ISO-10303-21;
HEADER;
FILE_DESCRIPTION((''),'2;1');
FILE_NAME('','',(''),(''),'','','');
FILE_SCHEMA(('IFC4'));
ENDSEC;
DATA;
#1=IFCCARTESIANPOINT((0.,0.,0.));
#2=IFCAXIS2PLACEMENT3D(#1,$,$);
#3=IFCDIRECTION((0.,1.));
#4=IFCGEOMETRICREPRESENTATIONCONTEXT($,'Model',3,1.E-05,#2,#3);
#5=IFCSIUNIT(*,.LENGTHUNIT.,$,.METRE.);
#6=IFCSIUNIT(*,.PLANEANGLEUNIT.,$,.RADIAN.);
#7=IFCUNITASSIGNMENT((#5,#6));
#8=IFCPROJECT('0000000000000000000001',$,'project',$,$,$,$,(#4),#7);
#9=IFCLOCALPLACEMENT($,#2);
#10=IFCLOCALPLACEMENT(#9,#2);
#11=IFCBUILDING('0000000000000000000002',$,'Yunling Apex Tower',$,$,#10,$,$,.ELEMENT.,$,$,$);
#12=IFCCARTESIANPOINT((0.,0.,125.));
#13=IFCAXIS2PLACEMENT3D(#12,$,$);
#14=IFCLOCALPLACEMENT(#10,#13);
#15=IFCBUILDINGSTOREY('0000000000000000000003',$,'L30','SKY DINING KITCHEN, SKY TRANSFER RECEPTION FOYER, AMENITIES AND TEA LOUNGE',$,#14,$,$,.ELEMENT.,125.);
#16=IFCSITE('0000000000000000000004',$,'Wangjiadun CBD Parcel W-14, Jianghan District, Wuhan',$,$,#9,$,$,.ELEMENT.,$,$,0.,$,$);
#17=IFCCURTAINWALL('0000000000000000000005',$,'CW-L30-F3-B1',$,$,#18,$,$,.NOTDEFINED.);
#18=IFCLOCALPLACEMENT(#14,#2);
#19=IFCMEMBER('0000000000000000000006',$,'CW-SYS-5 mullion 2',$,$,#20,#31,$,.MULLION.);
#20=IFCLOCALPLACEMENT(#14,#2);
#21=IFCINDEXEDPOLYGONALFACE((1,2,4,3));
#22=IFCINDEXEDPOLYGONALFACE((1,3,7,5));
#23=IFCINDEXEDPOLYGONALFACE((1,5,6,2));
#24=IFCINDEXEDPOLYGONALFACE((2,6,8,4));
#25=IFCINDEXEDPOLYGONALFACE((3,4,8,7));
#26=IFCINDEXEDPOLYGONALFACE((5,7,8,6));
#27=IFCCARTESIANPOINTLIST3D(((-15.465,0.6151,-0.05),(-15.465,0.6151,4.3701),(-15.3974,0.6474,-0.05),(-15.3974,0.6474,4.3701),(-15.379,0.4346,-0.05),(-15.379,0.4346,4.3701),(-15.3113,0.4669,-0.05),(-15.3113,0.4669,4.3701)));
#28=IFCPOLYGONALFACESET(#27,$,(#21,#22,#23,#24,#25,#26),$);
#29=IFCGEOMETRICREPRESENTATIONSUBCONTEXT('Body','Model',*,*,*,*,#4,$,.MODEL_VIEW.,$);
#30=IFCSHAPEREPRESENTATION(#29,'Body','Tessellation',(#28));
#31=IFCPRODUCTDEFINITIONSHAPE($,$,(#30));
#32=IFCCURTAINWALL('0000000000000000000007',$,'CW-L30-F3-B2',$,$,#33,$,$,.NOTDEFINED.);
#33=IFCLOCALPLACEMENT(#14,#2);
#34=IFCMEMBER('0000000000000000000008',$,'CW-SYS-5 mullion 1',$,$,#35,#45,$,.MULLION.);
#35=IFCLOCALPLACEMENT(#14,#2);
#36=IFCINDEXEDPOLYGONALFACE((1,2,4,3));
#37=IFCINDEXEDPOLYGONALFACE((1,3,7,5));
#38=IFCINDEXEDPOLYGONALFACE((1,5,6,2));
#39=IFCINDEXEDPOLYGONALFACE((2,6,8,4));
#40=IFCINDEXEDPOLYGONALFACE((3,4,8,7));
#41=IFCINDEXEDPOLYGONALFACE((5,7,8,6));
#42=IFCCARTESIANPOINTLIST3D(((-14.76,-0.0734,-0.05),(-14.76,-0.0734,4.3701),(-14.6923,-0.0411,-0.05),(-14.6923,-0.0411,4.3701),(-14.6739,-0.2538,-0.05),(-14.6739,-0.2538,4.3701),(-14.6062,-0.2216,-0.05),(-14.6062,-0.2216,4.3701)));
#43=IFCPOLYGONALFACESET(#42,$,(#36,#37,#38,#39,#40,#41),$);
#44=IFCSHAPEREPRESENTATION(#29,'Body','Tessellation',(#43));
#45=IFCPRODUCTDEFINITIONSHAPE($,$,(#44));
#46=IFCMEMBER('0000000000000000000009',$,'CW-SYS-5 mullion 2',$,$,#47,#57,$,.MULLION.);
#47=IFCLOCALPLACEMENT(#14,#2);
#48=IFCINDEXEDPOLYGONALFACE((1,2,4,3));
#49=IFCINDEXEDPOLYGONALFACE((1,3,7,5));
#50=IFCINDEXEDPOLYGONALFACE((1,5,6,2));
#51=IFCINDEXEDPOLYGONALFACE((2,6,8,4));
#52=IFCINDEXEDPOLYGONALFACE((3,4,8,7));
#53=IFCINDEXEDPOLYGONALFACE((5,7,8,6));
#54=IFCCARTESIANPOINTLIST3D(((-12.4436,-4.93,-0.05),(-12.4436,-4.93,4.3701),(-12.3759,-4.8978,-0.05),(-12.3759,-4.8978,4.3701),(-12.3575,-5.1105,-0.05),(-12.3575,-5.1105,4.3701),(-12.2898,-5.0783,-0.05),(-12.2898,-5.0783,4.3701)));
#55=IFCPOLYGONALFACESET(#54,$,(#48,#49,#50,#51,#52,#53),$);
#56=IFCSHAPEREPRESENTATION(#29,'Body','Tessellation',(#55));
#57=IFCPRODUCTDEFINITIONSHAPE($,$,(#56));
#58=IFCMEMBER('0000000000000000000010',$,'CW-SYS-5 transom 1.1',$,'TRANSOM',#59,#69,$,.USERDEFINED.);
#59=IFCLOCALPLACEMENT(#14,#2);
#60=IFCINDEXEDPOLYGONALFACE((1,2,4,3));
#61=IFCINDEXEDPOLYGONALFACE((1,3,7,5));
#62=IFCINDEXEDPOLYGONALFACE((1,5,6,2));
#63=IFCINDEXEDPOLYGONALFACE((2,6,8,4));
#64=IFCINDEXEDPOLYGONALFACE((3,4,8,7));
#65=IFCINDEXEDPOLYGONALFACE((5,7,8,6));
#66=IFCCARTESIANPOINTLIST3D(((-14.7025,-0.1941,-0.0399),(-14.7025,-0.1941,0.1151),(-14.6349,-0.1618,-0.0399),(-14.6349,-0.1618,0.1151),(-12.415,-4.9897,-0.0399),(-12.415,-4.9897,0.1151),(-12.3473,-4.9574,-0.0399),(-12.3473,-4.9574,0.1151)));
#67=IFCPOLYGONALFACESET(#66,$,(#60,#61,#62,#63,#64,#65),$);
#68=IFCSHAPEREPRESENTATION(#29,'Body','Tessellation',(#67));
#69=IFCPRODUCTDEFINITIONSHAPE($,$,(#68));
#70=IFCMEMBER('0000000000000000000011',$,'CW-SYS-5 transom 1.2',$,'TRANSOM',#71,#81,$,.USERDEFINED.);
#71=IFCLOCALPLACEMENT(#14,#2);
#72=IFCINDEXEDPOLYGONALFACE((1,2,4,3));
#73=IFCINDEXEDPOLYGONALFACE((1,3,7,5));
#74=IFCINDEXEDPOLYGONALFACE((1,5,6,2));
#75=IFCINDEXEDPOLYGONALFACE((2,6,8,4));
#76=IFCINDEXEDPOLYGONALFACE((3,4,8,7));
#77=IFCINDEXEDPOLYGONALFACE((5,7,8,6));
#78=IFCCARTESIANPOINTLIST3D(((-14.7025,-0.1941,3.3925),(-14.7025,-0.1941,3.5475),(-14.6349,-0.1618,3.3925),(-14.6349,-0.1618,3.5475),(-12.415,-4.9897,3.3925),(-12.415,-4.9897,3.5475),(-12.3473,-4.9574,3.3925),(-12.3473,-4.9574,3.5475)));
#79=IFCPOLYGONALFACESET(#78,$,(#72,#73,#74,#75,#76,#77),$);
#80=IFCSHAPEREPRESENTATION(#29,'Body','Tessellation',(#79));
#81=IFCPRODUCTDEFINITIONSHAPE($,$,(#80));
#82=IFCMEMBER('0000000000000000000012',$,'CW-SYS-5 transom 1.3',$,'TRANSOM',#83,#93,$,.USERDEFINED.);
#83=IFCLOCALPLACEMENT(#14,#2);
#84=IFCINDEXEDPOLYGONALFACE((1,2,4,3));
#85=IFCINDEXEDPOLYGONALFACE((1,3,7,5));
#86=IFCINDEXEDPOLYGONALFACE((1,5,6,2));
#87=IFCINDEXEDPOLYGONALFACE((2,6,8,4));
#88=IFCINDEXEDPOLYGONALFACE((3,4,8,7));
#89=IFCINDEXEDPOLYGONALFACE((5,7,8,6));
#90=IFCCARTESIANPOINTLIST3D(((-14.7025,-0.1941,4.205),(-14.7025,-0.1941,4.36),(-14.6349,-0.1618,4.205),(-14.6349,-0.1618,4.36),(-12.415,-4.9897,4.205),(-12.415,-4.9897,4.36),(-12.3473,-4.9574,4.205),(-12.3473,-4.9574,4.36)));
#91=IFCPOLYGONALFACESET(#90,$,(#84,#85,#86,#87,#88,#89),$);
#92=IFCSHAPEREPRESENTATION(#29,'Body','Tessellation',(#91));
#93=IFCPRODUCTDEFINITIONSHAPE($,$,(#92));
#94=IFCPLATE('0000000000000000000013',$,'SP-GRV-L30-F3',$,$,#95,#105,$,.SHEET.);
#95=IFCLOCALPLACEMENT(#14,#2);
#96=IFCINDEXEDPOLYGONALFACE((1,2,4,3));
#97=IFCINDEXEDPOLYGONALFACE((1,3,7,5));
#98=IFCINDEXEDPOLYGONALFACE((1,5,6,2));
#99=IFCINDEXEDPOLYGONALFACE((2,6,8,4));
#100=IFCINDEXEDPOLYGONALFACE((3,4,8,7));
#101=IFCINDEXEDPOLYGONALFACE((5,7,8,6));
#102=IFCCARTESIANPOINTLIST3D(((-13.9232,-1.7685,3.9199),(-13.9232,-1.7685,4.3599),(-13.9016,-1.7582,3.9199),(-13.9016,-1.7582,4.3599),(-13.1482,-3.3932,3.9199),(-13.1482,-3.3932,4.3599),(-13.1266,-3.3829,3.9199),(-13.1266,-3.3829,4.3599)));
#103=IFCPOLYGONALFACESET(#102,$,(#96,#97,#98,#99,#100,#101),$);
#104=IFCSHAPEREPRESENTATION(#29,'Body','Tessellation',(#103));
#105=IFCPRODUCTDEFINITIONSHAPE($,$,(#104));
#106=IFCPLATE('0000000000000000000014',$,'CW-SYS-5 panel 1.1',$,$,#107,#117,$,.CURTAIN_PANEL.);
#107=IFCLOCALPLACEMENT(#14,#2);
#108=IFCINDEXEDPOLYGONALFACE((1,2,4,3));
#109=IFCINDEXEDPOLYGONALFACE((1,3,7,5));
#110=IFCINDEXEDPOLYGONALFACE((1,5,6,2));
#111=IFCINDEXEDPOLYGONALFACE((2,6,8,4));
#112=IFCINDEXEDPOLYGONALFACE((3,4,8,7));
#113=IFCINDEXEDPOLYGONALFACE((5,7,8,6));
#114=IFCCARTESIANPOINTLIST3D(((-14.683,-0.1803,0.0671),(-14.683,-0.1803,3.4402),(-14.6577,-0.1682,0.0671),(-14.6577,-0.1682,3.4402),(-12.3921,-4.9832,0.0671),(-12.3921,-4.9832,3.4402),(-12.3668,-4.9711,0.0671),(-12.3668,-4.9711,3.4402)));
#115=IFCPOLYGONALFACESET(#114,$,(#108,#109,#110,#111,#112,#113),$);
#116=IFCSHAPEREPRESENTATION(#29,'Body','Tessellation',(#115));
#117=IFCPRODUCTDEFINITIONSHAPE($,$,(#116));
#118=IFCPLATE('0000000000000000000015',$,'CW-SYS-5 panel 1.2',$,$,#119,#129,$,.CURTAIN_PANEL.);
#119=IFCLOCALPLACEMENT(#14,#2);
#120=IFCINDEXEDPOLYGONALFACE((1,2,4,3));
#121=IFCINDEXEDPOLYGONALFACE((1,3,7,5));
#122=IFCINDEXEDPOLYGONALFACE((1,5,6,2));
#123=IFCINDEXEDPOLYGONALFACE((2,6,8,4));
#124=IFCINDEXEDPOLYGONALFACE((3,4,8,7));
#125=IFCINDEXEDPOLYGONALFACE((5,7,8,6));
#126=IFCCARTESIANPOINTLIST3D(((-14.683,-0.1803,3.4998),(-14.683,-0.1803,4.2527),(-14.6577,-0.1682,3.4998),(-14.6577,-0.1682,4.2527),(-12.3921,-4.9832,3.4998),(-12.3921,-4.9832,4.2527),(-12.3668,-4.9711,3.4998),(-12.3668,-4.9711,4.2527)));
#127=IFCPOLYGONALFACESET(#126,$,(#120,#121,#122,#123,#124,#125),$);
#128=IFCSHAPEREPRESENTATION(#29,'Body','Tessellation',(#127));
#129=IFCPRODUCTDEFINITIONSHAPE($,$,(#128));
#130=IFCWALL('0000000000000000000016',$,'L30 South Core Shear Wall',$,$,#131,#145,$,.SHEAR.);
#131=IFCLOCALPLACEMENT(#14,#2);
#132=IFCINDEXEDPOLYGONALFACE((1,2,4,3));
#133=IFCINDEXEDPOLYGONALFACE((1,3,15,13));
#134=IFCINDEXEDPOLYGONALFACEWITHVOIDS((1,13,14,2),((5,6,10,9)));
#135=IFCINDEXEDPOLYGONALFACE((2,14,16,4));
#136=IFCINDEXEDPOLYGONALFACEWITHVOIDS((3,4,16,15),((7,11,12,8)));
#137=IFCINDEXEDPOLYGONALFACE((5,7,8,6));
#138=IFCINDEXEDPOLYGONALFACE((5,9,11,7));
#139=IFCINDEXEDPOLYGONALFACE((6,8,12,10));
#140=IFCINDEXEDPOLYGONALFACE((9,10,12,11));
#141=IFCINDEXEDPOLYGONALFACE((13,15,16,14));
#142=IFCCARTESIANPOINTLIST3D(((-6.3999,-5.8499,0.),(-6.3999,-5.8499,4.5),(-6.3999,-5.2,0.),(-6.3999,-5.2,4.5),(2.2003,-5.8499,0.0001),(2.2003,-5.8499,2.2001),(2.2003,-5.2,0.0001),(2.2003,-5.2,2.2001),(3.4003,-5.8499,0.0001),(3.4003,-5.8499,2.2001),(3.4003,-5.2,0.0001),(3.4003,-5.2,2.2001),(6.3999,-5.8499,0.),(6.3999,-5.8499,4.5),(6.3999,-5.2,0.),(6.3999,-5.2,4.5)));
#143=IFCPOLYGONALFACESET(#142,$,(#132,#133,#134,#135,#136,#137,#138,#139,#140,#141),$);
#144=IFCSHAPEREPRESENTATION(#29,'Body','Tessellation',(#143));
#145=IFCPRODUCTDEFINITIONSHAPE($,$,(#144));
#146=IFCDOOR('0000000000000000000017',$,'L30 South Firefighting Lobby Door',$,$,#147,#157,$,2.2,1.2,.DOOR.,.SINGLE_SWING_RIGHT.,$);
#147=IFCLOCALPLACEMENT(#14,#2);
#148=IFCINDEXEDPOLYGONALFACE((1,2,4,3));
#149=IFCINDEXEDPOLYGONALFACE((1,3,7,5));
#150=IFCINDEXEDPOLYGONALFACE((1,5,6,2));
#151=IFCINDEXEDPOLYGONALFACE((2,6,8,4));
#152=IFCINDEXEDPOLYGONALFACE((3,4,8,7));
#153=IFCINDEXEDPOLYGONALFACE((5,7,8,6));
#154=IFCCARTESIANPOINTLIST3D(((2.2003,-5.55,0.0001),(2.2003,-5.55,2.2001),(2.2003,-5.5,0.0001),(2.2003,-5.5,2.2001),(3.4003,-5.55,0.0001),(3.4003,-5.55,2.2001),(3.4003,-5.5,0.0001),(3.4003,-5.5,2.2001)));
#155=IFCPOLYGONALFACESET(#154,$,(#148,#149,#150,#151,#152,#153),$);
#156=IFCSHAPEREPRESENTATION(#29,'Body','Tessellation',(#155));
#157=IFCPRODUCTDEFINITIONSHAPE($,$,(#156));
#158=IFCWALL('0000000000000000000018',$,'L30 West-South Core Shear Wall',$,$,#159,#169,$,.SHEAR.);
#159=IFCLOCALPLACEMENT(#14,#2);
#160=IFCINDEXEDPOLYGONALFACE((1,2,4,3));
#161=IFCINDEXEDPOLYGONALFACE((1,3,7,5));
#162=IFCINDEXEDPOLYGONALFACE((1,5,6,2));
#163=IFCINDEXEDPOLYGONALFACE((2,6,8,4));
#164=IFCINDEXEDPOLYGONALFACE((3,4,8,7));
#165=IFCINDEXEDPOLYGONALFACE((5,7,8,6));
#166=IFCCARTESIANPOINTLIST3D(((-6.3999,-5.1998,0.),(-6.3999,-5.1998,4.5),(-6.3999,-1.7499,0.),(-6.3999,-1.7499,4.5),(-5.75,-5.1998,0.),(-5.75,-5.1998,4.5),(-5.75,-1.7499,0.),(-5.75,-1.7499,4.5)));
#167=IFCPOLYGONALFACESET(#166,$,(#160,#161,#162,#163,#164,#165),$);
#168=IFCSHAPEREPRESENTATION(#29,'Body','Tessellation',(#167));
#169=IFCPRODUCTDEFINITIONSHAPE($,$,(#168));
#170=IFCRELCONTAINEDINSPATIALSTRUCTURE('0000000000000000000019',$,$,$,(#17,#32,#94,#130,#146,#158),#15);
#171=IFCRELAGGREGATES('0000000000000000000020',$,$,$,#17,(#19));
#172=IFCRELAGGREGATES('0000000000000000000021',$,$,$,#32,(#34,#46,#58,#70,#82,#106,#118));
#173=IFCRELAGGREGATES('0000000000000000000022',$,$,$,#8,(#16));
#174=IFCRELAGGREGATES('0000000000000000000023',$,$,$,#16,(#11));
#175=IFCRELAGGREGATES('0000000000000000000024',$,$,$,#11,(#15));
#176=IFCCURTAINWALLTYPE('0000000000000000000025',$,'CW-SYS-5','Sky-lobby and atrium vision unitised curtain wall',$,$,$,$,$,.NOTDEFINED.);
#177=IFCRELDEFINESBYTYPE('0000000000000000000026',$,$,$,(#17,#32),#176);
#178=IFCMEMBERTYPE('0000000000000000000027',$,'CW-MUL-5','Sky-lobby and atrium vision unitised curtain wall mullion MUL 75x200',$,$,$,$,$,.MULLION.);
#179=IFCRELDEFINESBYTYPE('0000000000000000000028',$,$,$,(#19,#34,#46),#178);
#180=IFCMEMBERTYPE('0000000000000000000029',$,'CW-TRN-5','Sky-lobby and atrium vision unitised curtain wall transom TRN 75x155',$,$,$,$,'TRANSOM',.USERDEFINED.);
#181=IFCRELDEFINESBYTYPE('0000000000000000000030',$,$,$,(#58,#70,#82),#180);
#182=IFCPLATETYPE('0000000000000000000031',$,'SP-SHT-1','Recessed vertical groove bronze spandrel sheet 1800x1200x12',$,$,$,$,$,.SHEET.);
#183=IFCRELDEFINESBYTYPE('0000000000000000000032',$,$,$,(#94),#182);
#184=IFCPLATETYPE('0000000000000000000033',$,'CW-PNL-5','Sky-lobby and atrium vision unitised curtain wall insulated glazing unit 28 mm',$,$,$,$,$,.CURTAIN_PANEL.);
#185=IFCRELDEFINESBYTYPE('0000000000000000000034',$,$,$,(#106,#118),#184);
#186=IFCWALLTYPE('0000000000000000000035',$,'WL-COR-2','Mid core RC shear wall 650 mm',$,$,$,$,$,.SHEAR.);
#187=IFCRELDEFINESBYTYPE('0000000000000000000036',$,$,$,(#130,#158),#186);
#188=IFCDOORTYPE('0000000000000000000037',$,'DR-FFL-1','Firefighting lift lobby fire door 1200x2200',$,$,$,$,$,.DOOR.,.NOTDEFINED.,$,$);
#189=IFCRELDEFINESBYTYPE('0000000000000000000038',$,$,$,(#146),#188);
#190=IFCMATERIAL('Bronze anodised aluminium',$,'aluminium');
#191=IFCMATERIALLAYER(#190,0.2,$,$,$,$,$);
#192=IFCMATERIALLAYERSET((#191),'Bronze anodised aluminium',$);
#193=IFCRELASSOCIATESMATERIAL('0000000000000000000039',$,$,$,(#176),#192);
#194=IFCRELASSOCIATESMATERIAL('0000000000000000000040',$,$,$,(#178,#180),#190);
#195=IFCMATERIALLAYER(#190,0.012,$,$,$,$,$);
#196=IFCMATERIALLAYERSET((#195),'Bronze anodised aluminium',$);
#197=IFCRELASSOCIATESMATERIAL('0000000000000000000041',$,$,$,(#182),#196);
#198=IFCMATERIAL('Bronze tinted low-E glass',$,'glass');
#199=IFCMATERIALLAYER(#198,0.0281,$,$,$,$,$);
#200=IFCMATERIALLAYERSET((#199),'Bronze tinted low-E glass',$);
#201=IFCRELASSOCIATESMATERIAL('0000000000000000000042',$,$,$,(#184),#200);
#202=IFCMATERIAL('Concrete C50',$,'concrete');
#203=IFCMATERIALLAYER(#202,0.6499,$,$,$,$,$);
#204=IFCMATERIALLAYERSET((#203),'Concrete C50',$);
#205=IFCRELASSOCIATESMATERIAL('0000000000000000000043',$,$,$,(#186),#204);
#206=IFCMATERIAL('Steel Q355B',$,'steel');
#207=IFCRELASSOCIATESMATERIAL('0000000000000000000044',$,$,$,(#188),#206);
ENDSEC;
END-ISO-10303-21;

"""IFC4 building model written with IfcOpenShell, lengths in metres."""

from ifc_helpers import new_model, si_unit, direction, frame, frame_2d, origin, origin_2d, place, context, subcontext, project, spatial, rectangle, extrude, source, transform, mapped, material, layer, layer_set, material_profile, profile_set, type_object, element, fill, aggregate, save


model = new_model("IFC4")

# Units and contexts
model_context = context("Model", 3, precision=1e-05, world=origin(), true_north=direction((0.0, 1.0)))
body_context = subcontext(model_context, "Body", "Model", "MODEL_VIEW")
ifc_project = project(units=[si_unit("LENGTHUNIT", "METRE"), si_unit("PLANEANGLEUNIT", "RADIAN")], contexts=[model_context])

# Site, building, storey
site_placement = place(None, origin())
site = spatial("IfcSite", under=ifc_project, at=site_placement, Name="Wangjiadun CBD Parcel W-14, Jianghan District, Wuhan", CompositionType="ELEMENT", RefElevation=0.0)
building_placement = place(site_placement, origin())
building = spatial("IfcBuilding", under=site, at=building_placement, Name="Yunling Apex Tower", CompositionType="ELEMENT")
storey_placement = place(building_placement, frame((0.0, 0.0, 125.0)))
storey = spatial("IfcBuildingStorey", under=building, at=storey_placement, Name="L30", Description="SKY DINING KITCHEN, SKY TRANSFER RECEPTION FOYER, AMENITIES AND TEA LOUNGE", CompositionType="ELEMENT", Elevation=125.0)

# Shared definitions
ifc_material_1 = material(Name="Steel Q355B", Category="steel")

# Curtain wall, member
ifc_material_2 = material(Name="Bronze anodised aluminium", Category="aluminium")
ifc_layer_1 = layer(ifc_material_2, 0.2)
ifc_layer_set_1 = layer_set([ifc_layer_1], Name="Bronze anodised aluminium")
curtain_wall_type = type_object("IfcCurtainWallType", Name="CW-SYS-5", Description="Sky-lobby and atrium vision unitised curtain wall", PredefinedType="NOTDEFINED", material=ifc_layer_set_1)
curtain_wall_1_placement = place(storey_placement, origin())
curtain_wall_1 = element("IfcCurtainWall", 1, at=curtain_wall_1_placement, inside=storey, type_object=curtain_wall_type, Name="CW-L30-F3-B1", PredefinedType="NOTDEFINED")
ifc_material_profile_1 = material_profile(ifc_material_2, rectangle(XDim=0.075, YDim=0.2, at=origin_2d()))
ifc_profile_set_1 = profile_set([ifc_material_profile_1], Name="Bronze anodised aluminium")
member_type_1 = type_object("IfcMemberType", Name="CW-MUL-5", Description="Sky-lobby and atrium vision unitised curtain wall mullion MUL 75x200", PredefinedType="MULLION", material=ifc_profile_set_1)
shared_shape_1 = source(origin(), body_context, "Body", "SweptSolid", [
    extrude(rectangle(XDim=0.075, YDim=0.2, at=origin_2d()), origin(), (0.0, 0.0, 1.0), 4.4202),
])
member_1_placement = place(storey_placement, frame((-15.3882, 0.541, -0.05), z_axis=(0.0, 0.0, 1.0), x_axis=(0.902588, 0.430506, 0.0)))
member_1 = element("IfcMember", 2, at=member_1_placement, type_object=member_type_1, Name="CW-SYS-5 mullion 2", PredefinedType="MULLION", context=body_context, shape_type="MappedRepresentation", body=[
    mapped(shared_shape_1, transform((0.0, 0.0, 0.0), scale=1.0)),
])
aggregate(curtain_wall_1, [member_1])

# Curtain wall, members
curtain_wall_2_placement = place(storey_placement, origin())
curtain_wall_2 = element("IfcCurtainWall", 3, at=curtain_wall_2_placement, inside=storey, type_object=curtain_wall_type, Name="CW-L30-F3-B2", PredefinedType="NOTDEFINED")
member_2_placement = place(storey_placement, frame((-14.6831, -0.1475, -0.05), z_axis=(0.0, 0.0, 1.0), x_axis=(0.90258, 0.430523, 0.0)))
member_2 = element("IfcMember", 4, at=member_2_placement, type_object=member_type_1, Name="CW-SYS-5 mullion 1", PredefinedType="MULLION", context=body_context, shape_type="MappedRepresentation", body=[
    mapped(shared_shape_1, transform((0.0, 0.0, 0.0), scale=1.0)),
])
member_3_placement = place(storey_placement, frame((-12.3667, -5.0042, -0.05), z_axis=(0.0, 0.0, 1.0), x_axis=(0.90258, 0.430523, 0.0)))
member_3 = element("IfcMember", 5, at=member_3_placement, type_object=member_type_1, Name="CW-SYS-5 mullion 2", PredefinedType="MULLION", context=body_context, shape_type="MappedRepresentation", body=[
    mapped(shared_shape_1, transform((0.0, 0.0, 0.0), scale=1.0)),
])
ifc_material_profile_2 = material_profile(ifc_material_2, rectangle(XDim=0.075, YDim=0.155, at=origin_2d()))
ifc_profile_set_2 = profile_set([ifc_material_profile_2], Name="Bronze anodised aluminium")
member_type_2 = type_object("IfcMemberType", Name="CW-TRN-5", Description="Sky-lobby and atrium vision unitised curtain wall transom TRN 75x155", ElementType="TRANSOM", PredefinedType="USERDEFINED", material=ifc_profile_set_2)
shared_shape_2 = source(origin(), body_context, "Body", "SweptSolid", [
    extrude(rectangle(XDim=0.075, YDim=0.155, at=origin_2d()), origin(), (0.0, 0.0, 1.0), 5.3132),
])
member_4_placement = place(storey_placement, frame((-14.6687, -0.178, 0.0376), z_axis=(0.43054, -0.902572, 0.0), x_axis=(0.902572, 0.43054, 0.0)))
member_4 = element("IfcMember", 6, at=member_4_placement, type_object=member_type_2, Name="CW-SYS-5 transom 1.1", ObjectType="TRANSOM", PredefinedType="USERDEFINED", context=body_context, shape_type="MappedRepresentation", body=[
    mapped(shared_shape_2, transform((0.0, 0.0, 0.0), scale=1.0)),
])
member_5_placement = place(storey_placement, frame((-14.6687, -0.178, 3.47), z_axis=(0.43054, -0.902572, 0.0), x_axis=(0.902572, 0.43054, 0.0)))
member_5 = element("IfcMember", 7, at=member_5_placement, type_object=member_type_2, Name="CW-SYS-5 transom 1.2", ObjectType="TRANSOM", PredefinedType="USERDEFINED", context=body_context, shape_type="MappedRepresentation", body=[
    mapped(shared_shape_2, transform((0.0, 0.0, 0.0), scale=1.0)),
])
member_6_placement = place(storey_placement, frame((-14.6687, -0.178, 4.2825), z_axis=(0.43054, -0.902572, 0.0), x_axis=(0.902572, 0.43054, 0.0)))
member_6 = element("IfcMember", 8, at=member_6_placement, type_object=member_type_2, Name="CW-SYS-5 transom 1.3", ObjectType="TRANSOM", PredefinedType="USERDEFINED", context=body_context, shape_type="MappedRepresentation", body=[
    mapped(shared_shape_2, transform((0.0, 0.0, 0.0), scale=1.0)),
])

# Plates
ifc_layer_2 = layer(ifc_material_2, 0.012)
ifc_layer_set_2 = layer_set([ifc_layer_2], Name="Bronze anodised aluminium")
plate_type_1 = type_object("IfcPlateType", Name="SP-SHT-1", Description="Recessed vertical groove bronze spandrel sheet 1800x1200x12", PredefinedType="SHEET", material=ifc_layer_set_2)
shared_shape_3 = source(origin(), body_context, "Body", "SweptSolid", [
    extrude(rectangle(XDim=1.8, YDim=0.0239, at=origin_2d()), origin(), (0.0, 0.0, 1.0), 0.4399),
])
plate_1_placement = place(storey_placement, frame((-13.5249, -2.5757, 3.9199), z_axis=(0.0, 0.0, 1.0), x_axis=(0.430511, -0.902585, 0.0)))
element("IfcPlate", 9, at=plate_1_placement, inside=storey, type_object=plate_type_1, Name="SP-GRV-L30-F3", PredefinedType="SHEET", context=body_context, shape_type="MappedRepresentation", body=[
    mapped(shared_shape_3, transform((0.0, 0.0, 0.0), scale=1.0)),
])
ifc_material_3 = material(Name="Bronze tinted low-E glass", Category="glass")
ifc_layer_3 = layer(ifc_material_3, 0.0281)
ifc_layer_set_3 = layer_set([ifc_layer_3], Name="Bronze tinted low-E glass")
plate_type_2 = type_object("IfcPlateType", Name="CW-PNL-5", Description="Sky-lobby and atrium vision unitised curtain wall insulated glazing unit 28 mm", PredefinedType="CURTAIN_PANEL", material=ifc_layer_set_3)
shared_shape_4 = source(origin(), body_context, "Body", "SweptSolid", [
    extrude(rectangle(XDim=5.3213, YDim=0.0281, at=origin_2d()), origin(), (0.0, 0.0, 1.0), 3.373),
])
plate_2_placement = place(storey_placement, frame((-13.5249, -2.5757, 0.0671), z_axis=(0.0, 0.0, 1.0), x_axis=(0.430523, -0.90258, 0.0)))
plate_2 = element("IfcPlate", 10, at=plate_2_placement, type_object=plate_type_2, Name="CW-SYS-5 panel 1.1", PredefinedType="CURTAIN_PANEL", context=body_context, shape_type="MappedRepresentation", body=[
    mapped(shared_shape_4, transform((0.0, 0.0, 0.0), scale=1.0)),
])
shared_shape_5 = source(origin(), body_context, "Body", "SweptSolid", [
    extrude(rectangle(XDim=5.3213, YDim=0.0281, at=origin_2d()), origin(), (0.0, 0.0, 1.0), 0.7529),
])
plate_3_placement = place(storey_placement, frame((-13.5249, -2.5757, 3.4998), z_axis=(0.0, 0.0, 1.0), x_axis=(0.430523, -0.90258, 0.0)))
plate_3 = element("IfcPlate", 11, at=plate_3_placement, type_object=plate_type_2, Name="CW-SYS-5 panel 1.2", PredefinedType="CURTAIN_PANEL", context=body_context, shape_type="MappedRepresentation", body=[
    mapped(shared_shape_5, transform((0.0, 0.0, 0.0), scale=1.0)),
])
aggregate(curtain_wall_2, [member_2, member_3, member_4, member_5, member_6, plate_2, plate_3])

# Wall, opening, door
ifc_material_4 = material(Name="Concrete C50", Category="concrete")
ifc_layer_4 = layer(ifc_material_4, 0.6499)
ifc_layer_set_4 = layer_set([ifc_layer_4], Name="Concrete C50")
wall_type_1 = type_object("IfcWallType", Name="WL-COR-2", Description="Mid core RC shear wall 650 mm", PredefinedType="SHEAR", material=ifc_layer_set_4)
wall_1_placement = place(storey_placement, frame((-6.3999, -5.5249, 0.0), z_axis=(0.0, 0.0, 1.0), x_axis=(1.0, 0.0, 0.0)))
wall_1 = element("IfcWall", 12, at=wall_1_placement, inside=storey, type_object=wall_type_1, Name="L30 South Core Shear Wall", PredefinedType="SHEAR", context=body_context, shape_type="SweptSolid", body=[
    extrude(rectangle(XDim=12.7998, YDim=0.6499, at=frame_2d((6.3999, 0.0))), origin(), (0.0, 0.0, 1.0), 4.5),
])
opening_placement = place(wall_1_placement, frame((8.6001, 0.0, 0.0)))
opening = element("IfcOpeningElement", 13, at=opening_placement, cuts=wall_1, PredefinedType="OPENING", context=body_context, shape_type="SweptSolid", body=[
    extrude(rectangle(XDim=1.2, YDim=2.2, at=frame_2d((0.6001, 1.1001))), frame((0.0, 0.335, 0.0), z_axis=(0.0, -1.0, 0.0), x_axis=(1.0, 0.0, 0.0)), (0.0, 0.0, 1.0), 0.6699),
])
door_type = type_object("IfcDoorType", Name="DR-FFL-1", Description="Firefighting lift lobby fire door 1200x2200", OperationType="NOTDEFINED", PredefinedType="DOOR", material=ifc_material_1)
door_placement = place(opening_placement, origin())
door = element("IfcDoor", 14, at=door_placement, inside=storey, type_object=door_type, Name="L30 South Firefighting Lobby Door", OperationType="SINGLE_SWING_RIGHT", OverallHeight=2.2, OverallWidth=1.2, PredefinedType="DOOR", context=body_context, shape_type="SweptSolid", body=[
    extrude(rectangle(XDim=1.2, YDim=2.2, at=frame_2d((0.6001, 1.1001))), frame((0.0, 0.0249, 0.0), z_axis=(0.0, -1.0, 0.0), x_axis=(1.0, 0.0, 0.0)), (0.0, 0.0, 1.0), 0.05),
])
fill(opening, door)

# Wall
wall_2_placement = place(storey_placement, frame((-6.075, -5.2, 0.0), z_axis=(0.0, 0.0, 1.0), x_axis=(0.0, 1.0, 0.0)))
element("IfcWall", 15, at=wall_2_placement, inside=storey, type_object=wall_type_1, Name="L30 West-South Core Shear Wall", PredefinedType="SHEAR", context=body_context, shape_type="SweptSolid", body=[
    extrude(rectangle(XDim=3.45, YDim=0.6499, at=frame_2d((1.7251, 0.0))), origin(), (0.0, 0.0, 1.0), 4.5),
])

save(model, "model.ifc")
